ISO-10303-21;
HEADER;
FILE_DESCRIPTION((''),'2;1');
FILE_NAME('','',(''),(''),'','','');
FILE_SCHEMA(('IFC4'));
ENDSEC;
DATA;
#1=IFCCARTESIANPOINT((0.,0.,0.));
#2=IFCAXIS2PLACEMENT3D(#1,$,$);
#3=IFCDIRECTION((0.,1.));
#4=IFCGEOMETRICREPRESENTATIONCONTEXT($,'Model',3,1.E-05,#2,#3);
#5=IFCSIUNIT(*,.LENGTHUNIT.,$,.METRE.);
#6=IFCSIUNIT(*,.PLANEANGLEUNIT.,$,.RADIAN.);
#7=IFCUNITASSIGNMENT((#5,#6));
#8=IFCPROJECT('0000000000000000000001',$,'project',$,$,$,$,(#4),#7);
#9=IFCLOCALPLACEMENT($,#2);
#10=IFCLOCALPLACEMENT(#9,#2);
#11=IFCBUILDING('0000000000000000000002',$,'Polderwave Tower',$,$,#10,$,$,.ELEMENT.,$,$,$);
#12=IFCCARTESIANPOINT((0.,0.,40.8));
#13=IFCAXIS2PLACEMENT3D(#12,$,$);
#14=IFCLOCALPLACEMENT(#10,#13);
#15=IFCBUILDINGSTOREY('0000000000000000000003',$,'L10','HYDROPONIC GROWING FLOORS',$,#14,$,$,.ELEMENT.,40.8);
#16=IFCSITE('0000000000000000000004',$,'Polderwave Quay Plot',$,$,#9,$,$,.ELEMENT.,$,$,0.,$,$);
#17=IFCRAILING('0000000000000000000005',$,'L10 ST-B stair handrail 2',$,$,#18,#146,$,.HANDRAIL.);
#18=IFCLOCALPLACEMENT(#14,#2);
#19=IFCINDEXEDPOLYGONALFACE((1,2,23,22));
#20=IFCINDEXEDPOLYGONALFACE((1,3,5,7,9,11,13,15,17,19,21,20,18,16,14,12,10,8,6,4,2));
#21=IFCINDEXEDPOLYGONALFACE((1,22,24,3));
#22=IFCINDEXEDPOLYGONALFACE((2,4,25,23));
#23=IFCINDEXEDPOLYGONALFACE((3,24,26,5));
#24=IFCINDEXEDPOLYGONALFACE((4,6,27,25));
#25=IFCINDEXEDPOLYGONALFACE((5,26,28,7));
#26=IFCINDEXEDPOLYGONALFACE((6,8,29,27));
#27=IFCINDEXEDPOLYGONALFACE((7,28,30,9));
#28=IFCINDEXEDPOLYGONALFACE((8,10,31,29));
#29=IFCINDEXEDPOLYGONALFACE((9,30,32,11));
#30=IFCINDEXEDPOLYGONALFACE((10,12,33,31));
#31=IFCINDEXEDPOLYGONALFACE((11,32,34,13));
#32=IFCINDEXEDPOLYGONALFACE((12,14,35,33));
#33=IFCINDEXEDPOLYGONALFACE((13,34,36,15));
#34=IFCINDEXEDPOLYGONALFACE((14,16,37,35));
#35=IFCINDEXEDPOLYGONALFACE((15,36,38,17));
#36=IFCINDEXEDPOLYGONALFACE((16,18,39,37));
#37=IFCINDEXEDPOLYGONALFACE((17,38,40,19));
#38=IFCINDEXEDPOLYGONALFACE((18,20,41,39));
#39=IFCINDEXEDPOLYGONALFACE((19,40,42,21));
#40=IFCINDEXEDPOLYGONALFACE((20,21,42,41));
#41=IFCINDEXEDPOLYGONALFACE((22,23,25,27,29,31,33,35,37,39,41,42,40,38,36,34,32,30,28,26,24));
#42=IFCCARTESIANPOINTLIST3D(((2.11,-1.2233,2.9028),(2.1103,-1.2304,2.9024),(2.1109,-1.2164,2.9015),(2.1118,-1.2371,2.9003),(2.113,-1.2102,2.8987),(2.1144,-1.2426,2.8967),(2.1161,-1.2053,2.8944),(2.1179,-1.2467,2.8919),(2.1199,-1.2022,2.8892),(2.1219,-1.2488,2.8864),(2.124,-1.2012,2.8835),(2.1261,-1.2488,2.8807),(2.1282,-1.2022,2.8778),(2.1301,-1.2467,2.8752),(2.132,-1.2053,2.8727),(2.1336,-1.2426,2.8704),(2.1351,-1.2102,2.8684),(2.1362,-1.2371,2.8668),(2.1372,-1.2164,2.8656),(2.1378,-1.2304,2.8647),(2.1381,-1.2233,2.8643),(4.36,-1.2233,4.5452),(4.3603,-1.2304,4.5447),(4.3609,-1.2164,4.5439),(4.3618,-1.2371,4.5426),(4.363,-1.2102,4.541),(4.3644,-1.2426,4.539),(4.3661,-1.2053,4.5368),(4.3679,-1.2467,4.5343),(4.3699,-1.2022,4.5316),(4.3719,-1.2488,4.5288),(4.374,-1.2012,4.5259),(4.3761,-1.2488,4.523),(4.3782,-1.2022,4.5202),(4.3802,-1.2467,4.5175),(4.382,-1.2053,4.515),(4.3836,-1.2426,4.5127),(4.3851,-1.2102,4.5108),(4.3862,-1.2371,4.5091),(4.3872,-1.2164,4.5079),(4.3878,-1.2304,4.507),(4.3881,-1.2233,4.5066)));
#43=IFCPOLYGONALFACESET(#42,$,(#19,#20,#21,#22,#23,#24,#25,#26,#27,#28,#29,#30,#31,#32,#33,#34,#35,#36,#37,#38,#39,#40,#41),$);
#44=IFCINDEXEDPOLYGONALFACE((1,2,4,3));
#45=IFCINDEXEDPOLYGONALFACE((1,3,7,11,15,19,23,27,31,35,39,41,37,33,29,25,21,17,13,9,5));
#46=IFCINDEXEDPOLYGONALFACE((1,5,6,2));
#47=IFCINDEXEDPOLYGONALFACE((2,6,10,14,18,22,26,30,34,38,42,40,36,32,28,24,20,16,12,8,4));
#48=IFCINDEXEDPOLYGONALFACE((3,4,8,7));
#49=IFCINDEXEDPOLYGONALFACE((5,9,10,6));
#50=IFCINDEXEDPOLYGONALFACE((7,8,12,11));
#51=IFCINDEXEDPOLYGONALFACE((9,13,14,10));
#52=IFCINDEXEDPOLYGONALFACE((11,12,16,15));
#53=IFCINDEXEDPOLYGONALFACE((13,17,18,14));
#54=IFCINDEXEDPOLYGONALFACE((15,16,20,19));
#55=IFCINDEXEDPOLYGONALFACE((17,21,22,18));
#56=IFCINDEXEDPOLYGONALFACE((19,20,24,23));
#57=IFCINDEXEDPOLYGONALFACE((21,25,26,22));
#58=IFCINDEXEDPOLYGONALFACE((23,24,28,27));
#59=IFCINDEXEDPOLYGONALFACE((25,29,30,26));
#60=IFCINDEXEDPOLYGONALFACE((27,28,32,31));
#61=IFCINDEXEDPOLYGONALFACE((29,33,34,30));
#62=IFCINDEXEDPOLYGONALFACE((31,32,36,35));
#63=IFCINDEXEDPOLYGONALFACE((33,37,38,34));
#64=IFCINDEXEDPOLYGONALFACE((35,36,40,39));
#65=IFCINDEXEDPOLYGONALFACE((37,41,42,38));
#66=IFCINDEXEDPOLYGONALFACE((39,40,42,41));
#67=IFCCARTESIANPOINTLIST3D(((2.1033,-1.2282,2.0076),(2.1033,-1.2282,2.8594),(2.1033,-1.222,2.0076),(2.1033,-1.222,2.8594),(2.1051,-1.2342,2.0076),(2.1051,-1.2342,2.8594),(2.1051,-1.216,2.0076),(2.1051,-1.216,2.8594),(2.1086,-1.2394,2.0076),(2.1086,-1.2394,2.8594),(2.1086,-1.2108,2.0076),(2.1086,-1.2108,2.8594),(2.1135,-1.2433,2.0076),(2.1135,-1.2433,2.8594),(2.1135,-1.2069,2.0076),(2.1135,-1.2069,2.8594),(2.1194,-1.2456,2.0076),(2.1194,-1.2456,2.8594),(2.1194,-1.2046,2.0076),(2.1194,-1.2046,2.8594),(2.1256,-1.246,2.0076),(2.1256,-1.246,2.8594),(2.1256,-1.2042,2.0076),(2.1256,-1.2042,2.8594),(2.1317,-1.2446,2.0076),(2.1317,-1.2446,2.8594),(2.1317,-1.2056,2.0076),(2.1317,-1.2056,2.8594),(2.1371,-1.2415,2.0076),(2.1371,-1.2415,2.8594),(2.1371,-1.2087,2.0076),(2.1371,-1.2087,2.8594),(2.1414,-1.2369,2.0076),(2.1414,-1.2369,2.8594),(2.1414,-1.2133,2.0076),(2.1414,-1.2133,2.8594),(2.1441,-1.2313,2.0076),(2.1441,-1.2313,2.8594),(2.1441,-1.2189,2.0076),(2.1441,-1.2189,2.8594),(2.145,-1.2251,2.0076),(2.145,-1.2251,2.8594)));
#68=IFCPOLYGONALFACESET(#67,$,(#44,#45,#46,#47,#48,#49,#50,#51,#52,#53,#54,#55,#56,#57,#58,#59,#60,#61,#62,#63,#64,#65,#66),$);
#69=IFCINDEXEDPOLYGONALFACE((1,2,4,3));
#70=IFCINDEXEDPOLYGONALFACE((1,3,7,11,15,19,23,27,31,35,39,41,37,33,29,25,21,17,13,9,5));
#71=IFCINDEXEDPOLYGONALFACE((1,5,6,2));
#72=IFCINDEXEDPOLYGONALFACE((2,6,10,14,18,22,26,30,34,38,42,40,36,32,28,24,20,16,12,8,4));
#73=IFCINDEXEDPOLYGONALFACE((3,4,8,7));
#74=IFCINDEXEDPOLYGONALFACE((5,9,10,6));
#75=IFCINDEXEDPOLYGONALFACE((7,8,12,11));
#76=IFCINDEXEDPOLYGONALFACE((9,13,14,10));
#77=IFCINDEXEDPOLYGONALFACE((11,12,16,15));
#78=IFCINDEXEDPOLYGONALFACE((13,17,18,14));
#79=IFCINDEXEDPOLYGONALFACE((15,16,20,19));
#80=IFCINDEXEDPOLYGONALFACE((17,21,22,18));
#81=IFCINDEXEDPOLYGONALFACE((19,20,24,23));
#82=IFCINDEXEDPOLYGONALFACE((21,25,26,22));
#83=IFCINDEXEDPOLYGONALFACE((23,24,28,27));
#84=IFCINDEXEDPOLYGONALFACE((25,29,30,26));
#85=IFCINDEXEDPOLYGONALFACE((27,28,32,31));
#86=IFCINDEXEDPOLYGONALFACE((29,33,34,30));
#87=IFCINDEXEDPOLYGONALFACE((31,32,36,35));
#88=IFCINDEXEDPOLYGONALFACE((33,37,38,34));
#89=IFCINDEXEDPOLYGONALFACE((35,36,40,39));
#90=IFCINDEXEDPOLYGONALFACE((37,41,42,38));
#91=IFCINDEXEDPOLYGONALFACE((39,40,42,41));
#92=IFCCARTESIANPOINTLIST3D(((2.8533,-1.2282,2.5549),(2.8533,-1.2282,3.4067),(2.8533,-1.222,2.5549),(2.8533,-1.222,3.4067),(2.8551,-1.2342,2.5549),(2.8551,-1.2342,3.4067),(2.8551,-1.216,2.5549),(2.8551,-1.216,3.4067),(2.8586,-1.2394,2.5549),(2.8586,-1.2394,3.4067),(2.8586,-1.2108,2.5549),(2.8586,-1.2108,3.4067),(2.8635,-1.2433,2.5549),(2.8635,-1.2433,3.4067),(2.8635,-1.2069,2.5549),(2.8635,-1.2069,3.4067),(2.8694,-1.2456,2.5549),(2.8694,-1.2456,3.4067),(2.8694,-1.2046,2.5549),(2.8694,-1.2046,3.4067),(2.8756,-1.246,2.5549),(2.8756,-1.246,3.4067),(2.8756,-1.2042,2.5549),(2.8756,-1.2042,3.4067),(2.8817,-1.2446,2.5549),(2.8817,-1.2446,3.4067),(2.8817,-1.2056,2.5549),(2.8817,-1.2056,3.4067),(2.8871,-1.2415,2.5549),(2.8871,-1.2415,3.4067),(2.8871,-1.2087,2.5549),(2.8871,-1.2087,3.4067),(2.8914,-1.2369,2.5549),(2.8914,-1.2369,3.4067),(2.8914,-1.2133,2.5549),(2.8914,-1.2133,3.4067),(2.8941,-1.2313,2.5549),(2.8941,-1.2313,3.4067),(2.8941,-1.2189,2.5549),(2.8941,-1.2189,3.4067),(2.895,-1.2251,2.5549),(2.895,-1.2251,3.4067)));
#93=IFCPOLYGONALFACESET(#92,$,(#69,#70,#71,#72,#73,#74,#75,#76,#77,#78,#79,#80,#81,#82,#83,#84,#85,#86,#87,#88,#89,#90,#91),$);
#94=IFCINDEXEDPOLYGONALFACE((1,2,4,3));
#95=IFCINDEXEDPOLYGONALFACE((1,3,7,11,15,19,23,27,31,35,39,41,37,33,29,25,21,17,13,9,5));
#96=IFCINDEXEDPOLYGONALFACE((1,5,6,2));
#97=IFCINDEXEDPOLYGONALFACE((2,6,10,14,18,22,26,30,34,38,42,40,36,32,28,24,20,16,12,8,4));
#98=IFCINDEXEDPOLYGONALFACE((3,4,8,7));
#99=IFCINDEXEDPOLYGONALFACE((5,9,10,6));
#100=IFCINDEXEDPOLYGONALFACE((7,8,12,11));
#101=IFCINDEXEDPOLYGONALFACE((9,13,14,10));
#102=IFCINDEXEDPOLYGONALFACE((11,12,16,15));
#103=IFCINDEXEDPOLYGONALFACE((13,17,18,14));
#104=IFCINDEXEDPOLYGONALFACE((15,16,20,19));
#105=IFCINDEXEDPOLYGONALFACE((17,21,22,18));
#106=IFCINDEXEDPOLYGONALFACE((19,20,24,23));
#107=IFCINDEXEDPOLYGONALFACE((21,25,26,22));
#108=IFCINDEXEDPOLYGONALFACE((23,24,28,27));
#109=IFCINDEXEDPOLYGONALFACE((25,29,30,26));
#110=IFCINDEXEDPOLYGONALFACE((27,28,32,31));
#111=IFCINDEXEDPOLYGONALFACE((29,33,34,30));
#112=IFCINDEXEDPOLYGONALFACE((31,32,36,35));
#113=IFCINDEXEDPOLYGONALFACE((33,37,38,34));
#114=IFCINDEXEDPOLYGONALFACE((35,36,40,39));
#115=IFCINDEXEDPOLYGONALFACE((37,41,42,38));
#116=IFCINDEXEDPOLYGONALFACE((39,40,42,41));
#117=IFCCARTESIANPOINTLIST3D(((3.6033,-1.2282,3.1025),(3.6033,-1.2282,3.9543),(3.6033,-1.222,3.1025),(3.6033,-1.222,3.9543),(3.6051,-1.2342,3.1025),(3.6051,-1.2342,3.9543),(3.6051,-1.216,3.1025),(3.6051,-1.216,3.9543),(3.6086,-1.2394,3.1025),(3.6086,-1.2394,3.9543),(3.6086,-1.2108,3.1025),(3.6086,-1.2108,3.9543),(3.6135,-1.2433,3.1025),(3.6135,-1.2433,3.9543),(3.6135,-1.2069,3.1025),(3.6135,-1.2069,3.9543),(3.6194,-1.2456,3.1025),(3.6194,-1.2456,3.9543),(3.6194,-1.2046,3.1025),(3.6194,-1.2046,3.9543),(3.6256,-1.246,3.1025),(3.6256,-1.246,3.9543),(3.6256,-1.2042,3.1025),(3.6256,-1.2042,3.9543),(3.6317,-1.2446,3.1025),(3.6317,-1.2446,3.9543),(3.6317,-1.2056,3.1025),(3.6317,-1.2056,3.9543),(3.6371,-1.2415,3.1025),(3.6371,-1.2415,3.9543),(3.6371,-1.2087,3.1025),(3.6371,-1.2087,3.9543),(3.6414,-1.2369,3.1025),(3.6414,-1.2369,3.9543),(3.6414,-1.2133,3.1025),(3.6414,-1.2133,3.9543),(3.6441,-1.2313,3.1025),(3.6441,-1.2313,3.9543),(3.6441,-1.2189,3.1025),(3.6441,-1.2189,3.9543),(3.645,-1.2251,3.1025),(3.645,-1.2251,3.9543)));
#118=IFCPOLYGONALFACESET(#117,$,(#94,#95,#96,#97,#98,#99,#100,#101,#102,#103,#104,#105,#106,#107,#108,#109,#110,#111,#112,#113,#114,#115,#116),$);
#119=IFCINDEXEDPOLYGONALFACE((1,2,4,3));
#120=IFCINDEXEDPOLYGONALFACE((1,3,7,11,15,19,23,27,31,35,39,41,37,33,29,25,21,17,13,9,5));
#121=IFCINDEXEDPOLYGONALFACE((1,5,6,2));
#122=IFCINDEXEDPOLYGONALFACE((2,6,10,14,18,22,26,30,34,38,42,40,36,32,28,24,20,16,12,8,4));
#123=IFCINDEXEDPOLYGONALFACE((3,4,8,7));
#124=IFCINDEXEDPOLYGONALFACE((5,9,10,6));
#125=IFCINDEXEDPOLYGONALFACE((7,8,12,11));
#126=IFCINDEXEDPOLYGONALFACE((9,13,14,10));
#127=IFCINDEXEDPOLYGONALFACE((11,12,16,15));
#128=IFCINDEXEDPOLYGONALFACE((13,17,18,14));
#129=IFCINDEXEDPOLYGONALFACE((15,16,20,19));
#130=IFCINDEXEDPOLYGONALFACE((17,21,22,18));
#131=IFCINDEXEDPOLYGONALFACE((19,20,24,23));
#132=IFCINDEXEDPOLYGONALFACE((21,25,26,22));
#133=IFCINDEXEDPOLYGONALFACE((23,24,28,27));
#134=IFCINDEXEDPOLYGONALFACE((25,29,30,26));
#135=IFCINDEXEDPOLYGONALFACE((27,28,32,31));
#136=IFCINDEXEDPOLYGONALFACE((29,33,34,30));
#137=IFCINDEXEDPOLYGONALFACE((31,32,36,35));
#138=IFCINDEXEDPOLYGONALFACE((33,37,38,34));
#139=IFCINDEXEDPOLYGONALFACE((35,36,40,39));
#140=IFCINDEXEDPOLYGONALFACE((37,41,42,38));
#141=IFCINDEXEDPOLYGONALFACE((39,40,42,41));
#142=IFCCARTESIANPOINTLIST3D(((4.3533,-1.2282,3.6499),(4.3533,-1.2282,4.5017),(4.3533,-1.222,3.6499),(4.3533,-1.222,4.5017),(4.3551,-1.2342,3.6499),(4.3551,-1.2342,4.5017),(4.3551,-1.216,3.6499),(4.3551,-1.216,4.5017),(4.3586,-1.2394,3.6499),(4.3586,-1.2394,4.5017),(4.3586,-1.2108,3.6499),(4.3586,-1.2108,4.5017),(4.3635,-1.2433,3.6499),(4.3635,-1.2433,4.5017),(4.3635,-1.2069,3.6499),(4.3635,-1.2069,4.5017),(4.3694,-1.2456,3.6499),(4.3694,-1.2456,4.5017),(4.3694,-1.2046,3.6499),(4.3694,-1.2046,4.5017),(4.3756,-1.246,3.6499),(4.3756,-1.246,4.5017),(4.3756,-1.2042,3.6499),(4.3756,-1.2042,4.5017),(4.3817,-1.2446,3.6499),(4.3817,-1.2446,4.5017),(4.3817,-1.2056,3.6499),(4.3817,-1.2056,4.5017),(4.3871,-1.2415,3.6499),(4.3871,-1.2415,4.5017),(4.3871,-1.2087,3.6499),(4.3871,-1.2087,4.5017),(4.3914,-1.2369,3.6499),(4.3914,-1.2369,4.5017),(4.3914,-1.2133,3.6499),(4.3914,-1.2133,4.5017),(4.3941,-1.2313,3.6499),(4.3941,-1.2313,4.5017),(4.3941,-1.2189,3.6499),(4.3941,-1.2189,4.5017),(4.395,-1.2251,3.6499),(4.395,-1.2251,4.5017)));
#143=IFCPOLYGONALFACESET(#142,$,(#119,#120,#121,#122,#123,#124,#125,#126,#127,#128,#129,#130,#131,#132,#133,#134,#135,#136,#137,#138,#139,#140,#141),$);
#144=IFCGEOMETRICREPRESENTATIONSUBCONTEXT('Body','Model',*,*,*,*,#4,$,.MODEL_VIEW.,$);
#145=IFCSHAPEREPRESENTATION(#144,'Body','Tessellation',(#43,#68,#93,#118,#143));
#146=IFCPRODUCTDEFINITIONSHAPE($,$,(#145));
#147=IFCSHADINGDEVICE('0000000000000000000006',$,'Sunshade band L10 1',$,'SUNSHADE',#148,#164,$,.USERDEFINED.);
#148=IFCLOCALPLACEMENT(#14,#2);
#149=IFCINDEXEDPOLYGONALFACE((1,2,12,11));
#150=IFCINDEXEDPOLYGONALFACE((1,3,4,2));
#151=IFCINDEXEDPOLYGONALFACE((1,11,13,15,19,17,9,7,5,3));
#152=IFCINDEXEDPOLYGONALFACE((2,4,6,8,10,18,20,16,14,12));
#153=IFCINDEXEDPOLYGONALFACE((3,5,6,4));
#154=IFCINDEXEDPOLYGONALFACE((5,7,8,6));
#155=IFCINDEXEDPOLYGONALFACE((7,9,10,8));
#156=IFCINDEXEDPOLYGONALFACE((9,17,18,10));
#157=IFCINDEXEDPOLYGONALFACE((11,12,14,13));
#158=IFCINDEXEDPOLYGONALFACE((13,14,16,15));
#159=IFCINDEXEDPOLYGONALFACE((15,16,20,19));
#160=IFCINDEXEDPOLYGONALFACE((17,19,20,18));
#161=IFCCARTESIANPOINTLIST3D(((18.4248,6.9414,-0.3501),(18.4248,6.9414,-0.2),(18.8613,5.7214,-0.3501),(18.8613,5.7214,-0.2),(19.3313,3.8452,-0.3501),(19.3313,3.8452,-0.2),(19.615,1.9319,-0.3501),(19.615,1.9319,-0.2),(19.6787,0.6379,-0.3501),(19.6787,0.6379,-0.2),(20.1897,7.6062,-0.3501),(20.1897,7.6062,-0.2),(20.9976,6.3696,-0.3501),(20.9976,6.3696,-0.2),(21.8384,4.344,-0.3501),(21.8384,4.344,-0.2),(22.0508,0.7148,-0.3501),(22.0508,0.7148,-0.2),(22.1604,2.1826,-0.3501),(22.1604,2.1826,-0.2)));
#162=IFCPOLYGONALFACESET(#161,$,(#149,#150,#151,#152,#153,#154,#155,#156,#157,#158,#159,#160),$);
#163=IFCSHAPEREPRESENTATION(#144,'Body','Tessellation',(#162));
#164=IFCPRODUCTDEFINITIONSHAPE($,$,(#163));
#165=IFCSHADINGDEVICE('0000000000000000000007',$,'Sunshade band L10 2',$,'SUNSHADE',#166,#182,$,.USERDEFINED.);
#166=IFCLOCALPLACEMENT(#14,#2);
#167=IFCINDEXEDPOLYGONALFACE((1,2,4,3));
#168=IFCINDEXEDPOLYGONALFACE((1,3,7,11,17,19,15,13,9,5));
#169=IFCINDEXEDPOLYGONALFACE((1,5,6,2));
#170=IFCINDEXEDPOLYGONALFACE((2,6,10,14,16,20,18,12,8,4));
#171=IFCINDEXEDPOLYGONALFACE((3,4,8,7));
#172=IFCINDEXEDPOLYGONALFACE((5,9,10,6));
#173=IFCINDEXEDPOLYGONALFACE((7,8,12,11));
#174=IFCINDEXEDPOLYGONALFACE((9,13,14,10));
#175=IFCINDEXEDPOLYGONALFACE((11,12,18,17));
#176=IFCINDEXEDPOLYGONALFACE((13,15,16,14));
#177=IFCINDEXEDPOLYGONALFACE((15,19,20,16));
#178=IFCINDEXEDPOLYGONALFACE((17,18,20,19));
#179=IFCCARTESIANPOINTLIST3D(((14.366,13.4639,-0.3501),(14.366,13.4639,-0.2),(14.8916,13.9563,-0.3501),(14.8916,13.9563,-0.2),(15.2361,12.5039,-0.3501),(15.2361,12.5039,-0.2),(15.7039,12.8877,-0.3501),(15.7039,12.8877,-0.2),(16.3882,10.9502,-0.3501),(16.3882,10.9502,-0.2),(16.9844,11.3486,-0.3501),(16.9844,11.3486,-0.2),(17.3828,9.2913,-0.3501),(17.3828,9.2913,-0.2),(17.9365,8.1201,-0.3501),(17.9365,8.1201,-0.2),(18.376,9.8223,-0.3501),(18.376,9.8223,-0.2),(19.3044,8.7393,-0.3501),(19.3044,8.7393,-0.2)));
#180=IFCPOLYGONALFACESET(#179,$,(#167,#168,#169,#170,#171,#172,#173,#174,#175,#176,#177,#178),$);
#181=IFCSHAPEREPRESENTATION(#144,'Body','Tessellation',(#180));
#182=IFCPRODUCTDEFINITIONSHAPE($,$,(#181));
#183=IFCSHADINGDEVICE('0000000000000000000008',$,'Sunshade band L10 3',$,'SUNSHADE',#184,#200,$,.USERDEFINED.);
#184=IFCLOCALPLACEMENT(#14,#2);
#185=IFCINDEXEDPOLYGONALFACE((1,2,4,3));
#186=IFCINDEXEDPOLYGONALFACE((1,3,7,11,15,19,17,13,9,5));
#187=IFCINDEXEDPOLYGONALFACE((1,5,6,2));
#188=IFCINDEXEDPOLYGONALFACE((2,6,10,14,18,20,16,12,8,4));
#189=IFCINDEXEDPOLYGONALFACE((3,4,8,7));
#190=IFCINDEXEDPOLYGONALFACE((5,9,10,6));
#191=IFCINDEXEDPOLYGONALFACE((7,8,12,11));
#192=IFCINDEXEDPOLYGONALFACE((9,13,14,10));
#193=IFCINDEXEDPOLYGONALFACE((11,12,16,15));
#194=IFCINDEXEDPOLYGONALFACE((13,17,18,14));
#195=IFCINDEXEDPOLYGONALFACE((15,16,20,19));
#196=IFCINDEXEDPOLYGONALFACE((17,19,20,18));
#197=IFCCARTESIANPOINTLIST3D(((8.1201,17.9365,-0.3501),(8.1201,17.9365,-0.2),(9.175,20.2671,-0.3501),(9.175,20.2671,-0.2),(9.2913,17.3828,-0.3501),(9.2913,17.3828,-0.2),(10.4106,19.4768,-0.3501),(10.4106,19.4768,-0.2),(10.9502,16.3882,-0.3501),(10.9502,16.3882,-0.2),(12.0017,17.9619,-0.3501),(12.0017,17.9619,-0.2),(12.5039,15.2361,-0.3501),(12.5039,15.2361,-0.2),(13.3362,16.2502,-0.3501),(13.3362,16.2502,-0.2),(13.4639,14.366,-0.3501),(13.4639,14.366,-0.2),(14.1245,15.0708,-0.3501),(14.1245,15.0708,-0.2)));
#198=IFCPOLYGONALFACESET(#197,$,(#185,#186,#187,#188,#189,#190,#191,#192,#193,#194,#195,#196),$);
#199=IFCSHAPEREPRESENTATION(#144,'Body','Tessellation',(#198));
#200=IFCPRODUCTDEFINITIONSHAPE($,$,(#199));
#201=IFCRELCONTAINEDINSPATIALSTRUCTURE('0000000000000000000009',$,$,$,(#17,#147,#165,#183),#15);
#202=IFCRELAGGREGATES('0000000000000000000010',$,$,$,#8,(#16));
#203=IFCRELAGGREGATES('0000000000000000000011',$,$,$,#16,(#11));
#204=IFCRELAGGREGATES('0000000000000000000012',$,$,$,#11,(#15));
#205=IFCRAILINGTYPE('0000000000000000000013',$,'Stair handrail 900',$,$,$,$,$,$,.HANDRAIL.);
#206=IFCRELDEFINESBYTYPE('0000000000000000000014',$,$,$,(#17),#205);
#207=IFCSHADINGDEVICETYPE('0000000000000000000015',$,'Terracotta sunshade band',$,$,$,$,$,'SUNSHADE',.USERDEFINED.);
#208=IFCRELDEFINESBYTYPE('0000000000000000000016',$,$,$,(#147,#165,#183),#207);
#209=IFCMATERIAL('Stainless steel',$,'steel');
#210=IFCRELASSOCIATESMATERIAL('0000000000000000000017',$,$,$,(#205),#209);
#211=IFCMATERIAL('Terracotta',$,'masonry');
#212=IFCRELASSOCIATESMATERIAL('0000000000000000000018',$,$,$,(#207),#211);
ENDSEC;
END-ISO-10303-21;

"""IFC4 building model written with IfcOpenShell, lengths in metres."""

from ifc_helpers import new_model, si_unit, direction, frame, origin, origin_2d, place, context, subcontext, project, spatial, polyline, circle, outline, extrude, material, type_object, element, save


model = new_model("IFC4")

# Units and contexts
model_context = context("Model", 3, precision=1e-05, world=origin(), true_north=direction((0.0, 1.0)))
body_context = subcontext(model_context, "Body", "Model", "MODEL_VIEW")
ifc_project = project(units=[si_unit("LENGTHUNIT", "METRE"), si_unit("PLANEANGLEUNIT", "RADIAN")], contexts=[model_context])

# Site, building, storey
site_placement = place(None, origin())
site = spatial("IfcSite", under=ifc_project, at=site_placement, Name="Polderwave Quay Plot", CompositionType="ELEMENT", RefElevation=0.0)
building_placement = place(site_placement, origin())
building = spatial("IfcBuilding", under=site, at=building_placement, Name="Polderwave Tower", CompositionType="ELEMENT")
storey_placement = place(building_placement, frame((0.0, 0.0, 40.8)))
storey = spatial("IfcBuildingStorey", under=building, at=storey_placement, Name="L10", Description="HYDROPONIC GROWING FLOORS", CompositionType="ELEMENT", Elevation=40.8)

# Railing
ifc_material_1 = material(Name="Stainless steel", Category="steel")
railing_type_1 = type_object("IfcRailingType", Name="Stair handrail 900", PredefinedType="HANDRAIL", material=ifc_material_1)
railing_1_placement = place(storey_placement, frame((2.124, -1.2251, 2.0076)))
element("IfcRailing", 1, at=railing_1_placement, inside=storey, type_object=railing_type_1, Name="L10 ST-B stair handrail 2", PredefinedType="HANDRAIL", context=body_context, shape_type="SweptSolid", body=[
    extrude(circle(Radius=0.0239, at=origin_2d()), frame((0.0, 0.0, 0.876), z_axis=(0.807715, 0.0, 0.589573), x_axis=(0.0, 1.0, 0.0)), (0.0, 0.0, 1.0), 2.7856),
    extrude(circle(Radius=0.021, at=origin_2d()), origin(), (0.0, 0.0, 1.0), 0.8518),
    extrude(circle(Radius=0.021, at=origin_2d()), frame((0.75, 0.0, 0.5474)), (0.0, 0.0, 1.0), 0.8518),
    extrude(circle(Radius=0.021, at=origin_2d()), frame((1.5, 0.0, 1.095)), (0.0, 0.0, 1.0), 0.8518),
    extrude(circle(Radius=0.021, at=origin_2d()), frame((2.25, 0.0, 1.6423)), (0.0, 0.0, 1.0), 0.8518),
])

# Shading devices
ifc_material_2 = material(Name="Terracotta", Category="masonry")
shading_device_type = type_object("IfcShadingDeviceType", Name="Terracotta sunshade band", ElementType="SUNSHADE", PredefinedType="USERDEFINED", material=ifc_material_2)
shading_device_1_placement = place(storey_placement, frame((0.0, 0.0, -0.3501)))
element("IfcShadingDevice", 2, at=shading_device_1_placement, inside=storey, type_object=shading_device_type, Name="Sunshade band L10 1", ObjectType="SUNSHADE", PredefinedType="USERDEFINED", context=body_context, shape_type="SweptSolid", body=[
    extrude(outline(polyline([(19.6787, 0.6379), (19.615, 1.9319), (19.3313, 3.8452), (18.8613, 5.7214), (18.4248, 6.9414), (20.1897, 7.6062), (20.9976, 6.3696), (21.8384, 4.344), (22.1604, 2.1826), (22.0508, 0.7148), (19.6787, 0.6379)])), origin(), (0.0, 0.0, 1.0), 0.1501),
])
shading_device_2_placement = place(storey_placement, frame((0.0, 0.0, -0.3501)))
element("IfcShadingDevice", 3, at=shading_device_2_placement, inside=storey, type_object=shading_device_type, Name="Sunshade band L10 2", ObjectType="SUNSHADE", PredefinedType="USERDEFINED", context=body_context, shape_type="SweptSolid", body=[
    extrude(outline(polyline([(17.9365, 8.1201), (17.3828, 9.2913), (16.3882, 10.9502), (15.2361, 12.5039), (14.366, 13.4639), (14.8916, 13.9563), (15.7039, 12.8877), (16.9844, 11.3486), (18.376, 9.8223), (19.3044, 8.7393), (17.9365, 8.1201)])), origin(), (0.0, 0.0, 1.0), 0.1501),
])
shading_device_3_placement = place(storey_placement, frame((0.0, 0.0, -0.3501)))
element("IfcShadingDevice", 4, at=shading_device_3_placement, inside=storey, type_object=shading_device_type, Name="Sunshade band L10 3", ObjectType="SUNSHADE", PredefinedType="USERDEFINED", context=body_context, shape_type="SweptSolid", body=[
    extrude(outline(polyline([(13.4639, 14.366), (12.5039, 15.2361), (10.9502, 16.3882), (9.2913, 17.3828), (8.1201, 17.9365), (9.175, 20.2671), (10.4106, 19.4768), (12.0017, 17.9619), (13.3362, 16.2502), (14.1245, 15.0708), (13.4639, 14.366)])), origin(), (0.0, 0.0, 1.0), 0.1501),
])

save(model, "model.ifc")
